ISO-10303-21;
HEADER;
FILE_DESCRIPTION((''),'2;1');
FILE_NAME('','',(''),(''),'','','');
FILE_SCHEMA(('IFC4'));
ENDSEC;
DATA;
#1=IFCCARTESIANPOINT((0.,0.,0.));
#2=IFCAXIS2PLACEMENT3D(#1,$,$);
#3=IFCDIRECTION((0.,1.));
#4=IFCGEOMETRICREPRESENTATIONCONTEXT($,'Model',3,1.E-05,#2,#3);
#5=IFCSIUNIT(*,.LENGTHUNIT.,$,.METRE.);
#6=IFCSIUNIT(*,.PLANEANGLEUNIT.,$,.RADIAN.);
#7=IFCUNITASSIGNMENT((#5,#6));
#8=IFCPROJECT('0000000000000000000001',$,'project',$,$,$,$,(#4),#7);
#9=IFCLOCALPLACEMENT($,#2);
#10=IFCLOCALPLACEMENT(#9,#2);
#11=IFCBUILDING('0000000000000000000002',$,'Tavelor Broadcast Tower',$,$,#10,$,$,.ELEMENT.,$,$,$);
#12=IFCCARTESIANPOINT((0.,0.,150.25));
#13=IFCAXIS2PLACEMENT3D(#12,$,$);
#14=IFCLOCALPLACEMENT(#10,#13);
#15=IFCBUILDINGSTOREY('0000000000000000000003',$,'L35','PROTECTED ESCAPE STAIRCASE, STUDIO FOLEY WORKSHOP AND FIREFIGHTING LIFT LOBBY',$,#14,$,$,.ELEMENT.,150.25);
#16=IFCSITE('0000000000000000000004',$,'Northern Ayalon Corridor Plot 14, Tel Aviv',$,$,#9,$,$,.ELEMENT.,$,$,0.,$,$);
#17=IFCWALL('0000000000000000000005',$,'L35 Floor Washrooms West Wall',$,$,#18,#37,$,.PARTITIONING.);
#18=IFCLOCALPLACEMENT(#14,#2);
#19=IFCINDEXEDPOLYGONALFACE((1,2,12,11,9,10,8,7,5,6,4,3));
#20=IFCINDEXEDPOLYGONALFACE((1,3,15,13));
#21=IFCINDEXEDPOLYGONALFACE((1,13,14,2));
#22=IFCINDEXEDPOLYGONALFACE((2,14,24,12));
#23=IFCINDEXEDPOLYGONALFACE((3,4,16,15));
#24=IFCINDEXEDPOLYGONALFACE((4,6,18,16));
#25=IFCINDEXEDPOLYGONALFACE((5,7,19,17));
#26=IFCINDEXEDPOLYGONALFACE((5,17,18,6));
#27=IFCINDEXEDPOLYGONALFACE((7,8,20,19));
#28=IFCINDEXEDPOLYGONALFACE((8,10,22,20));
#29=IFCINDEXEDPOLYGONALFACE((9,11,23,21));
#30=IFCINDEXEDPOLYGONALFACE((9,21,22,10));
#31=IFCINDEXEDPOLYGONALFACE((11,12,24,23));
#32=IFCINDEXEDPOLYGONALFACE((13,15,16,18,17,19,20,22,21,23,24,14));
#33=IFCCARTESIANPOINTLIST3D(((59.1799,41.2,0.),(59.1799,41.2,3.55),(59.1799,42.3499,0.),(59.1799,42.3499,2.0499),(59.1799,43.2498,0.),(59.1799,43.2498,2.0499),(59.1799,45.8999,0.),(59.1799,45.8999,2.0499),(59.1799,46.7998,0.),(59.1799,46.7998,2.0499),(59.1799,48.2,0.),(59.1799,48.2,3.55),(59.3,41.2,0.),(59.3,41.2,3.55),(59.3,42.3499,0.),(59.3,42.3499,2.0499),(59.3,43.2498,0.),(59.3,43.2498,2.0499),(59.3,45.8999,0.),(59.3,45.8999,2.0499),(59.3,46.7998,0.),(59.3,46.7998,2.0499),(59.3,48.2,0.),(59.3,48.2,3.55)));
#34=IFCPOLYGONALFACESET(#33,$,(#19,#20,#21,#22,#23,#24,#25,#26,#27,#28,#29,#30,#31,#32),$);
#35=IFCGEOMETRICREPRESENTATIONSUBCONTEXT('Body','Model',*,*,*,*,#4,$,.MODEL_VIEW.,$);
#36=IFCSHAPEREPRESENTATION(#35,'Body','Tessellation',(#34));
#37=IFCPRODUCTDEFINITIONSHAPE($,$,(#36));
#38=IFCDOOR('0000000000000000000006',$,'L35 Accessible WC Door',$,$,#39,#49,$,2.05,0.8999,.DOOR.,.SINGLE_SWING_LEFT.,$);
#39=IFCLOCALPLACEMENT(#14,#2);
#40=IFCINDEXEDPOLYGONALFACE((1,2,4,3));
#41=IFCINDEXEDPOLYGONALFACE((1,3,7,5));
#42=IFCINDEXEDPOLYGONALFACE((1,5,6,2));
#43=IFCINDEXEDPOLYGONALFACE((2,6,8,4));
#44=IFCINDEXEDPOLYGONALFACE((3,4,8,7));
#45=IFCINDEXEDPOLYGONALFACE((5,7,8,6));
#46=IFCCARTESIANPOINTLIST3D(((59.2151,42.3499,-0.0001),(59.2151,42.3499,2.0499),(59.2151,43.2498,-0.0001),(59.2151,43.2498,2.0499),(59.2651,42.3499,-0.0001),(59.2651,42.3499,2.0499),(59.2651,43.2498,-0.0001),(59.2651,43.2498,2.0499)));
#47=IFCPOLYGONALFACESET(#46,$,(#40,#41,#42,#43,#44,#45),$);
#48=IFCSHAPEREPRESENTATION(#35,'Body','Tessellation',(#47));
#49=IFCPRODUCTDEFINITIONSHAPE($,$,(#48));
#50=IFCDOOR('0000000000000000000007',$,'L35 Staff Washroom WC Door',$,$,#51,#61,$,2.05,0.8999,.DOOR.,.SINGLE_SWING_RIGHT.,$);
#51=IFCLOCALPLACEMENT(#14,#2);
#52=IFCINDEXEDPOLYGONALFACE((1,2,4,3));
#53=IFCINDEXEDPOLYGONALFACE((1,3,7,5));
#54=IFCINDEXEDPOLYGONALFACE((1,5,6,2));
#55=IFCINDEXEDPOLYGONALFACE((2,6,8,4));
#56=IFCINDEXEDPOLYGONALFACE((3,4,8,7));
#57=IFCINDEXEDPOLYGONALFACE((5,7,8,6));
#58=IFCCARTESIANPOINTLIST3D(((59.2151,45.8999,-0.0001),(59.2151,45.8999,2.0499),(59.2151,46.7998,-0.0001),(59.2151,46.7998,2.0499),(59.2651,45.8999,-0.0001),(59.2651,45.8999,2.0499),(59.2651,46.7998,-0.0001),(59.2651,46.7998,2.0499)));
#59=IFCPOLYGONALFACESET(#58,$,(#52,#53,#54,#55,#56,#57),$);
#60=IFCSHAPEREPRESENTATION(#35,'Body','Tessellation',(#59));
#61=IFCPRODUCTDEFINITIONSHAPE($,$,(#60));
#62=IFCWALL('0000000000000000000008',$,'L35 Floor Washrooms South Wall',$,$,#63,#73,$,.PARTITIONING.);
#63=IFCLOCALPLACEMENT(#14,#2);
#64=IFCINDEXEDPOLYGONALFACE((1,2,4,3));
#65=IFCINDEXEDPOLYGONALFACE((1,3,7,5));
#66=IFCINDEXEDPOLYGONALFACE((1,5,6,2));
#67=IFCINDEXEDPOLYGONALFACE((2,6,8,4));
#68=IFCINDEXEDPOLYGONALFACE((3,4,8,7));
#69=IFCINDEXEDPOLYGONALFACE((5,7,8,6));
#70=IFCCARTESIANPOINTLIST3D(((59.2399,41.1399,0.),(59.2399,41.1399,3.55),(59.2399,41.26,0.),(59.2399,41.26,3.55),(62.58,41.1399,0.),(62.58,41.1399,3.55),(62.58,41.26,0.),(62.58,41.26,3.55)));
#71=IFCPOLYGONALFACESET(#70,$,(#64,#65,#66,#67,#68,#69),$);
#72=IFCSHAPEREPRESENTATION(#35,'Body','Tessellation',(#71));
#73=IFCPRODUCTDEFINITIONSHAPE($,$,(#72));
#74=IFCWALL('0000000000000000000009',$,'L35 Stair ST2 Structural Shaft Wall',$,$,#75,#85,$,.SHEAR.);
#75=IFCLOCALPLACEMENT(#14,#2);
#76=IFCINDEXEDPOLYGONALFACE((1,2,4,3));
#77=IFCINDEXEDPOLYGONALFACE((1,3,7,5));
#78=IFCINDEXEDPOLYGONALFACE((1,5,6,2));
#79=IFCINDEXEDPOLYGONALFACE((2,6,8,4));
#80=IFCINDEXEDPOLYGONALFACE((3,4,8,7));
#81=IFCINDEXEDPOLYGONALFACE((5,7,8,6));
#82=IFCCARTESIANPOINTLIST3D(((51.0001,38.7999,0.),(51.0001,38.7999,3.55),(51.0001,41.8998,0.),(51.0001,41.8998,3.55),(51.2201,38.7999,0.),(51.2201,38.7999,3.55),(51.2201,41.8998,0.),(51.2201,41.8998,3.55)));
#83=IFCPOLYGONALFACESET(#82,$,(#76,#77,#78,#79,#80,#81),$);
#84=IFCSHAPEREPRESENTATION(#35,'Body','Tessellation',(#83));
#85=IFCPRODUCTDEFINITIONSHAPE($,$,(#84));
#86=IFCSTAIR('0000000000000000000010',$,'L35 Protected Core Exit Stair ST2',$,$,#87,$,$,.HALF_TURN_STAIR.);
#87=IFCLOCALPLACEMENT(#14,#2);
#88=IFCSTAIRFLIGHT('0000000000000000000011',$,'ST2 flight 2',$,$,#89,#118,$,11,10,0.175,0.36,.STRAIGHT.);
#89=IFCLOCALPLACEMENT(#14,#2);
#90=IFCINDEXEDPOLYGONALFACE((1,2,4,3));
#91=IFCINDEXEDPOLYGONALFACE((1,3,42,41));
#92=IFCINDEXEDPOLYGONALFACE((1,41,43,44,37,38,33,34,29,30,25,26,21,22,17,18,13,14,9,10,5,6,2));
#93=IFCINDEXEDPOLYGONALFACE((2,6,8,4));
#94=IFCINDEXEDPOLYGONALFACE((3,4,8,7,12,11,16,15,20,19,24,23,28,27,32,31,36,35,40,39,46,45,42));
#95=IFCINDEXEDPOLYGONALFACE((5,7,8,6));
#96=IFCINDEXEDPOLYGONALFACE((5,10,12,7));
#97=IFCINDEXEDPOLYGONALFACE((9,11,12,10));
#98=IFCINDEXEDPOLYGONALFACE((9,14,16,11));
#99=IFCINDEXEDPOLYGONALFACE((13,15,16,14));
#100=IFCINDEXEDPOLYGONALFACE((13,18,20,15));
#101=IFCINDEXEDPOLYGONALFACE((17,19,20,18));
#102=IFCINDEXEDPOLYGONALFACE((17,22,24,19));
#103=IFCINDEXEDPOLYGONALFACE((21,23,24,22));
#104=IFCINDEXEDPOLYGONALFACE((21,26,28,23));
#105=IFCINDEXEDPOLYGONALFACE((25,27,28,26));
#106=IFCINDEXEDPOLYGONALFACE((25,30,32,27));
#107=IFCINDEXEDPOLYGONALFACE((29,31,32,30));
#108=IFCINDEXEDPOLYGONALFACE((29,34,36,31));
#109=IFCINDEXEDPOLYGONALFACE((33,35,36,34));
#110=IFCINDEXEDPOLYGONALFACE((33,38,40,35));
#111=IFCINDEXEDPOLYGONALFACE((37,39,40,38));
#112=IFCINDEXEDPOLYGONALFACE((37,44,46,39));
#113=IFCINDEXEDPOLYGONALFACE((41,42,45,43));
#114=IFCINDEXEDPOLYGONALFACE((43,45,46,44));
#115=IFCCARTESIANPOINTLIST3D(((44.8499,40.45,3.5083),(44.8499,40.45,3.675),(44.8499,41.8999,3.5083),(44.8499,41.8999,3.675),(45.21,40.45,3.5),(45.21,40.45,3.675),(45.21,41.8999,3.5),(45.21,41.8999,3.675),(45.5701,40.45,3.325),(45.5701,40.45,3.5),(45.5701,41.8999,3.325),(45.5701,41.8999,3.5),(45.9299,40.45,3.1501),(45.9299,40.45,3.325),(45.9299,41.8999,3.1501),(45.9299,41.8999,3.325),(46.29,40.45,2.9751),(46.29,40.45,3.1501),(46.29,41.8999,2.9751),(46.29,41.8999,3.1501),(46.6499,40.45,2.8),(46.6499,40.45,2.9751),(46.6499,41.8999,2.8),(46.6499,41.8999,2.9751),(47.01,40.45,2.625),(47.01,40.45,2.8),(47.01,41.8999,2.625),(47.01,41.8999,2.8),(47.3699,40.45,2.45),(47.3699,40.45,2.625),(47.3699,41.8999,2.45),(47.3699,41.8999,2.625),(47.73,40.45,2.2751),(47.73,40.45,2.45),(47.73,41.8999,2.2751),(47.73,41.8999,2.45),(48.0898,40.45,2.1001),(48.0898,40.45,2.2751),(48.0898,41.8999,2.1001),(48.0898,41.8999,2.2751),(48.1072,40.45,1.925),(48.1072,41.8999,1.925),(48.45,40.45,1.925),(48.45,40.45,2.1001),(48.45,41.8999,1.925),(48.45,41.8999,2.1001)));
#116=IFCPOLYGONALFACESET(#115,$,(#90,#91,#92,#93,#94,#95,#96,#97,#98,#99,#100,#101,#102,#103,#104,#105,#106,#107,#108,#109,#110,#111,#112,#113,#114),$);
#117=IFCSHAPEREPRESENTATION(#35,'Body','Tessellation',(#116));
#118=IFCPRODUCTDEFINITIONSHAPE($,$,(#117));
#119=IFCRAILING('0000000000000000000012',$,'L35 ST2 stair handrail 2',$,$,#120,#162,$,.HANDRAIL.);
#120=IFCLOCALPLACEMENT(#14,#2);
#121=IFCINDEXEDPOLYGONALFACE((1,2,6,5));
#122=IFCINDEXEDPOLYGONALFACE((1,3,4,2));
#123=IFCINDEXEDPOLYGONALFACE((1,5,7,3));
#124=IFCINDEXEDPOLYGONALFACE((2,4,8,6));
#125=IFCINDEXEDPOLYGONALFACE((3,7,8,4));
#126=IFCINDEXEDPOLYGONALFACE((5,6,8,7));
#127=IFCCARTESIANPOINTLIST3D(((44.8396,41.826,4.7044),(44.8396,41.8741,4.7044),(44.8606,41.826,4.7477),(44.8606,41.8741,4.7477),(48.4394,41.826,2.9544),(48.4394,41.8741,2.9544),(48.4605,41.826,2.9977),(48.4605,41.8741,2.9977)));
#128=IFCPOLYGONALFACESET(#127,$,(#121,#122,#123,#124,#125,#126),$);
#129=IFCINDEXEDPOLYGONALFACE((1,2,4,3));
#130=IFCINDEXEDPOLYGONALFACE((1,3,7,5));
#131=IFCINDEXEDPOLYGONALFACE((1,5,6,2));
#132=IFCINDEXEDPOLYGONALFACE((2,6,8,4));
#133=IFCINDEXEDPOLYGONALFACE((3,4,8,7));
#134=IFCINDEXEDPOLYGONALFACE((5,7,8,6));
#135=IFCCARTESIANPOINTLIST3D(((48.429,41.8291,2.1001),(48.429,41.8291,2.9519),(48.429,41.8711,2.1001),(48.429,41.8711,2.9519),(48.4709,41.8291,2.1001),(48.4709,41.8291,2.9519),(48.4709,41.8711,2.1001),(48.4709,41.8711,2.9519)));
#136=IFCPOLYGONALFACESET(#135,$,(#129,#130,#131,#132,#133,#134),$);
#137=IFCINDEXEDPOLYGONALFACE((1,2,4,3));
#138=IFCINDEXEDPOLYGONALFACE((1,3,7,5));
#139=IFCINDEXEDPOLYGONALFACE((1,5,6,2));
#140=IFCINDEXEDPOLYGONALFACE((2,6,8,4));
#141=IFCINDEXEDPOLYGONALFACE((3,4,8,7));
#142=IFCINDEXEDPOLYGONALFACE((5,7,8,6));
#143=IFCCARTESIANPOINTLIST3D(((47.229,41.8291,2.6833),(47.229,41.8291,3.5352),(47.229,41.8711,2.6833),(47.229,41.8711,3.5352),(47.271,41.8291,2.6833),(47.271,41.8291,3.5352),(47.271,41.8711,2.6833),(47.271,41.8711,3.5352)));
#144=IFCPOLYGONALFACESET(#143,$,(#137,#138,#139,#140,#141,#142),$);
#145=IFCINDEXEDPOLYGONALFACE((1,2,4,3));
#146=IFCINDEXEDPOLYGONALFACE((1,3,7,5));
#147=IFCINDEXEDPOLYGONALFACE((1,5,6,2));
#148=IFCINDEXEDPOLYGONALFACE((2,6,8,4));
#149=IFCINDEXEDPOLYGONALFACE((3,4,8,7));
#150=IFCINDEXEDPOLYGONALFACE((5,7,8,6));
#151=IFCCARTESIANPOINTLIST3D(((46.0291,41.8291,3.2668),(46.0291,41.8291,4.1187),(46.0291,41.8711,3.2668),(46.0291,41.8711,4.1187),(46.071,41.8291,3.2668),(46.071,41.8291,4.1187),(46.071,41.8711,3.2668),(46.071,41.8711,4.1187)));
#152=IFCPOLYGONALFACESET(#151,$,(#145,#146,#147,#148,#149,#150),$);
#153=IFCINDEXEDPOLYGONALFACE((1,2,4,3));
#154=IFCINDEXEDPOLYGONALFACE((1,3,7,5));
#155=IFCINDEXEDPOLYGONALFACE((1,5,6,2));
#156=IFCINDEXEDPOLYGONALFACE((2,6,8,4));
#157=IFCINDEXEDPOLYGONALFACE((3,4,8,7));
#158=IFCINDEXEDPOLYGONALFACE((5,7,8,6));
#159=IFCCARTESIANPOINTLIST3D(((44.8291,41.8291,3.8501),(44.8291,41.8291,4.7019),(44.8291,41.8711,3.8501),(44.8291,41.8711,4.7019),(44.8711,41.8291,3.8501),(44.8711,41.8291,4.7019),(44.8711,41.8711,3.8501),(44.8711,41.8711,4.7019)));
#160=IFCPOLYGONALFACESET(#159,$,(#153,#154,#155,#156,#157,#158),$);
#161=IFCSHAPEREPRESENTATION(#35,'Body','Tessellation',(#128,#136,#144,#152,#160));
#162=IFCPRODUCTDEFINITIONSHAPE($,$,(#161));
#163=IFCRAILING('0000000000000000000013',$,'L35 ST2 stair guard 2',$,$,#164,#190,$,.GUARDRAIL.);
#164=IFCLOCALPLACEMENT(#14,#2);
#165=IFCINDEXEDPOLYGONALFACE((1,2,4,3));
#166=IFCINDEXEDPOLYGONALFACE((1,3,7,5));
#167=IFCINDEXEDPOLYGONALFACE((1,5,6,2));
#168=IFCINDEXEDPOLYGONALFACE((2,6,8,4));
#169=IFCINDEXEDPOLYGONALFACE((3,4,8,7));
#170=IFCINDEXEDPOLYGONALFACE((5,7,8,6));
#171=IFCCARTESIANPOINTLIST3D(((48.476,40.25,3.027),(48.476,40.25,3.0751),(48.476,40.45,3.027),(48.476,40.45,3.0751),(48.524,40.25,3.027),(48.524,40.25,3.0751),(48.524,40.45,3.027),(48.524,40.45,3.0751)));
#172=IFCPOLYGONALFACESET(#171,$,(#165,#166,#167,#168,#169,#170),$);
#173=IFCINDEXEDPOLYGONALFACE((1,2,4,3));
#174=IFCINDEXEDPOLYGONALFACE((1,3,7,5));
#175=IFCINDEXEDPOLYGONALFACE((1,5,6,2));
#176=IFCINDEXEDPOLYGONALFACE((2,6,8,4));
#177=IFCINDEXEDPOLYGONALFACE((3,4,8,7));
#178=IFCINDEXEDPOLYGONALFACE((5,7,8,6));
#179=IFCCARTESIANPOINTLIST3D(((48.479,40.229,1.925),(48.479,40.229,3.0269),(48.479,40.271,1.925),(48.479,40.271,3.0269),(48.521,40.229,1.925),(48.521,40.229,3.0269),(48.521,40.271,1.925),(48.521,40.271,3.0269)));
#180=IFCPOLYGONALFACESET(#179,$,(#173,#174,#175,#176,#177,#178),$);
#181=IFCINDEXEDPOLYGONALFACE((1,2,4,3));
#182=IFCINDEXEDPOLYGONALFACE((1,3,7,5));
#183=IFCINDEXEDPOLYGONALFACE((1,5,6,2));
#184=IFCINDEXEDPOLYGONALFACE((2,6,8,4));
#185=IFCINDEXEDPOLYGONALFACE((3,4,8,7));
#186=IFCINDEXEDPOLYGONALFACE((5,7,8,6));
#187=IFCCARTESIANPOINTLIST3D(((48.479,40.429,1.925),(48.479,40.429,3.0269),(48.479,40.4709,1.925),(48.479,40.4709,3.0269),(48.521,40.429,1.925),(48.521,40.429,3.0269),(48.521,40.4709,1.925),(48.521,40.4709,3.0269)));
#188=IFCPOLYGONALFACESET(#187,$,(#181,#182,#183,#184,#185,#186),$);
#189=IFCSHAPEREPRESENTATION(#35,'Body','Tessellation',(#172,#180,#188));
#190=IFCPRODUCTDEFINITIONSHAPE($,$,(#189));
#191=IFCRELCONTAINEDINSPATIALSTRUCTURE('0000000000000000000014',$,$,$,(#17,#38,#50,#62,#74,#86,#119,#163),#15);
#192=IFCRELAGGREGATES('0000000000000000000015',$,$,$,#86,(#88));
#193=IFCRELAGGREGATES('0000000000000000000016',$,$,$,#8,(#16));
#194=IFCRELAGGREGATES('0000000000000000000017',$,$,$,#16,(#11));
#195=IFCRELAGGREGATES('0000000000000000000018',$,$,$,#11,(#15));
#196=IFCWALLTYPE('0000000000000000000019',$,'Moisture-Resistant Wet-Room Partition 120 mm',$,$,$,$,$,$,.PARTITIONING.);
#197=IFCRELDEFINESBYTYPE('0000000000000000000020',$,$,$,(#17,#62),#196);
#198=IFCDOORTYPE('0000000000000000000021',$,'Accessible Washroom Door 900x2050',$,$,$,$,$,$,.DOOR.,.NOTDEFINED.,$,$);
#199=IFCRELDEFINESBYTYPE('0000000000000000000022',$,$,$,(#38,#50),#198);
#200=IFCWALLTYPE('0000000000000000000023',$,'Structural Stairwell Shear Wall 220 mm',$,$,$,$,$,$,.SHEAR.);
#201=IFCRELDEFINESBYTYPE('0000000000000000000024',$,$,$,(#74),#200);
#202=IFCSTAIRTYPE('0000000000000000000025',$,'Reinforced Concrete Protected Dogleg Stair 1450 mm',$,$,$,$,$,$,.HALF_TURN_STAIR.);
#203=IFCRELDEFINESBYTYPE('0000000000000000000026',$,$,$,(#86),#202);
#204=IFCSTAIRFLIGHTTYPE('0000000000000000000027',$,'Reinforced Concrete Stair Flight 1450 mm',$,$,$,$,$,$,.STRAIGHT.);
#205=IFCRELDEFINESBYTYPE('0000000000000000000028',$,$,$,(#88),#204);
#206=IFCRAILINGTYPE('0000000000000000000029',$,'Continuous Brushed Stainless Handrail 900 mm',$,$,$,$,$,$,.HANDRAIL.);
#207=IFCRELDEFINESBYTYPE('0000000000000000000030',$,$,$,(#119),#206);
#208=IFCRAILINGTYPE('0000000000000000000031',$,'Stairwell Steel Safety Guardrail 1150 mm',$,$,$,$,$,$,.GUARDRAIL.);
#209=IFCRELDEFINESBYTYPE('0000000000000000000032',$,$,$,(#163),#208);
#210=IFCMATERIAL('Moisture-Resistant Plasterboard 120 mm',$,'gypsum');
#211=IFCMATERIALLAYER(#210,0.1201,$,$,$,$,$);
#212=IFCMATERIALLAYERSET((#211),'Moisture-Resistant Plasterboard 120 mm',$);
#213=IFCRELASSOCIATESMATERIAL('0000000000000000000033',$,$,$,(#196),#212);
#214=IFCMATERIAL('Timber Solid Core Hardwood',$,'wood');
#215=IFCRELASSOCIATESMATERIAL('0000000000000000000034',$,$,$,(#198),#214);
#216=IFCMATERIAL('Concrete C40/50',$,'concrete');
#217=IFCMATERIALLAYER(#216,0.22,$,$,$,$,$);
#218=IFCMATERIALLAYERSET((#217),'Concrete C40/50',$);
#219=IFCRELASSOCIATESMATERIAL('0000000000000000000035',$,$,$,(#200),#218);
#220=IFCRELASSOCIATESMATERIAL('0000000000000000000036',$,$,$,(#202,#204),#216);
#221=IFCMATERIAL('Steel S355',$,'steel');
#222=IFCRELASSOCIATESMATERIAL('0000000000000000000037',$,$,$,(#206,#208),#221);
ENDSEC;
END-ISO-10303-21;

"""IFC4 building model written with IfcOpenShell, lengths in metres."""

from ifc_helpers import new_model, si_unit, direction, frame, frame_2d, origin, origin_2d, place, context, subcontext, project, spatial, polyline, rectangle, outline, extrude, material, layer, layer_set, type_object, element, fill, aggregate, save


model = new_model("IFC4")

# Units and contexts
model_context = context("Model", 3, precision=1e-05, world=origin(), true_north=direction((0.0, 1.0)))
body_context = subcontext(model_context, "Body", "Model", "MODEL_VIEW")
ifc_project = project(units=[si_unit("LENGTHUNIT", "METRE"), si_unit("PLANEANGLEUNIT", "RADIAN")], contexts=[model_context])

# Site, building, storey
site_placement = place(None, origin())
site = spatial("IfcSite", under=ifc_project, at=site_placement, Name="Northern Ayalon Corridor Plot 14, Tel Aviv", CompositionType="ELEMENT", RefElevation=0.0)
building_placement = place(site_placement, origin())
building = spatial("IfcBuilding", under=site, at=building_placement, Name="Tavelor Broadcast Tower", CompositionType="ELEMENT")
storey_placement = place(building_placement, frame((0.0, 0.0, 150.25)))
storey = spatial("IfcBuildingStorey", under=building, at=storey_placement, Name="L35", Description="PROTECTED ESCAPE STAIRCASE, STUDIO FOLEY WORKSHOP AND FIREFIGHTING LIFT LOBBY", CompositionType="ELEMENT", Elevation=150.25)

# Shared definitions
ifc_material_1 = material(Name="Concrete C40/50", Category="concrete")
ifc_material_2 = material(Name="Steel S355", Category="steel")

# Shared definitions
ifc_material_3 = material(Name="Timber Solid Core Hardwood", Category="wood")

# Wall, openings, doors
ifc_material_4 = material(Name="Moisture-Resistant Plasterboard 120 mm", Category="gypsum")
ifc_layer_1 = layer(ifc_material_4, 0.1201)
ifc_layer_set_1 = layer_set([ifc_layer_1], Name="Moisture-Resistant Plasterboard 120 mm")
wall_type_1 = type_object("IfcWallType", Name="Moisture-Resistant Wet-Room Partition 120 mm", PredefinedType="PARTITIONING", material=ifc_layer_set_1)
wall_1_placement = place(storey_placement, frame((59.24, 41.2, 0.0), z_axis=(0.0, 0.0, 1.0), x_axis=(0.0, 1.0, 0.0)))
wall_1 = element("IfcWall", 1, at=wall_1_placement, inside=storey, type_object=wall_type_1, Name="L35 Floor Washrooms West Wall", PredefinedType="PARTITIONING", context=body_context, shape_type="SweptSolid", body=[
    extrude(rectangle(XDim=7.0, YDim=0.1201, at=frame_2d((3.5, 0.0))), origin(), (0.0, 0.0, 1.0), 3.55),
])
opening_1_placement = place(wall_1_placement, frame((1.1499, 0.0, 0.0)))
opening_1 = element("IfcOpeningElement", 2, at=opening_1_placement, cuts=wall_1, PredefinedType="OPENING", context=body_context, shape_type="SweptSolid", body=[
    extrude(rectangle(XDim=0.8999, YDim=2.05, at=frame_2d((0.45, 1.0249))), frame((0.0, 0.0701, 0.0), z_axis=(0.0, -1.0, 0.0), x_axis=(1.0, 0.0, 0.0)), (0.0, 0.0, 1.0), 0.1401),
])
opening_2_placement = place(wall_1_placement, frame((4.7, 0.0, 0.0)))
opening_2 = element("IfcOpeningElement", 3, at=opening_2_placement, cuts=wall_1, PredefinedType="OPENING", context=body_context, shape_type="SweptSolid", body=[
    extrude(rectangle(XDim=0.8999, YDim=2.05, at=frame_2d((0.45, 1.0249))), frame((0.0, 0.0701, 0.0), z_axis=(0.0, -1.0, 0.0), x_axis=(1.0, 0.0, 0.0)), (0.0, 0.0, 1.0), 0.1401),
])
door_type_1 = type_object("IfcDoorType", Name="Accessible Washroom Door 900x2050", OperationType="NOTDEFINED", PredefinedType="DOOR", material=ifc_material_3)
door_1_placement = place(opening_1_placement, origin())
door_1 = element("IfcDoor", 4, at=door_1_placement, inside=storey, type_object=door_type_1, Name="L35 Accessible WC Door", OperationType="SINGLE_SWING_LEFT", OverallHeight=2.05, OverallWidth=0.8999, PredefinedType="DOOR", context=body_context, shape_type="SweptSolid", body=[
    extrude(rectangle(XDim=0.8999, YDim=2.05, at=frame_2d((0.45, 1.0249))), frame((0.0, 0.0249, 0.0), z_axis=(0.0, -1.0, 0.0), x_axis=(1.0, 0.0, 0.0)), (0.0, 0.0, 1.0), 0.05),
])
fill(opening_1, door_1)
door_2_placement = place(opening_2_placement, origin())
door_2 = element("IfcDoor", 5, at=door_2_placement, inside=storey, type_object=door_type_1, Name="L35 Staff Washroom WC Door", OperationType="SINGLE_SWING_RIGHT", OverallHeight=2.05, OverallWidth=0.8999, PredefinedType="DOOR", context=body_context, shape_type="SweptSolid", body=[
    extrude(rectangle(XDim=0.8999, YDim=2.05, at=frame_2d((0.45, 1.0249))), frame((0.0, 0.0249, 0.0), z_axis=(0.0, -1.0, 0.0), x_axis=(1.0, 0.0, 0.0)), (0.0, 0.0, 1.0), 0.05),
])
fill(opening_2, door_2)

# Walls
wall_2_placement = place(storey_placement, frame((59.24, 41.2, 0.0), z_axis=(0.0, 0.0, 1.0), x_axis=(1.0, 0.0, 0.0)))
element("IfcWall", 6, at=wall_2_placement, inside=storey, type_object=wall_type_1, Name="L35 Floor Washrooms South Wall", PredefinedType="PARTITIONING", context=body_context, shape_type="SweptSolid", body=[
    extrude(rectangle(XDim=3.3401, YDim=0.1201, at=frame_2d((1.6699, 0.0))), origin(), (0.0, 0.0, 1.0), 3.55),
])
ifc_layer_2 = layer(ifc_material_1, 0.22)
ifc_layer_set_2 = layer_set([ifc_layer_2], Name="Concrete C40/50")
wall_type_2 = type_object("IfcWallType", Name="Structural Stairwell Shear Wall 220 mm", PredefinedType="SHEAR", material=ifc_layer_set_2)
wall_3_placement = place(storey_placement, frame((51.1101, 38.8, 0.0), z_axis=(0.0, 0.0, 1.0), x_axis=(0.0, 1.0, 0.0)))
element("IfcWall", 7, at=wall_3_placement, inside=storey, type_object=wall_type_2, Name="L35 Stair ST2 Structural Shaft Wall", PredefinedType="SHEAR", context=body_context, shape_type="SweptSolid", body=[
    extrude(rectangle(XDim=3.0999, YDim=0.22, at=frame_2d((1.5498, 0.0))), origin(), (0.0, 0.0, 1.0), 3.55),
])

# Stair, stair flight
stair_type = type_object("IfcStairType", Name="Reinforced Concrete Protected Dogleg Stair 1450 mm", PredefinedType="HALF_TURN_STAIR", material=ifc_material_1)
stair_placement = place(storey_placement, origin())
stair = element("IfcStair", 8, at=stair_placement, inside=storey, type_object=stair_type, Name="L35 Protected Core Exit Stair ST2", PredefinedType="HALF_TURN_STAIR")
stair_flight_type = type_object("IfcStairFlightType", Name="Reinforced Concrete Stair Flight 1450 mm", PredefinedType="STRAIGHT", material=ifc_material_1)
stair_flight_placement = place(storey_placement, frame((48.45, 41.175, 1.925), z_axis=(0.0, 0.0, 1.0), x_axis=(-1.0, 0.0, 0.0)))
stair_flight = element("IfcStairFlight", 9, at=stair_flight_placement, type_object=stair_flight_type, Name="ST2 flight 2", NumberOfRisers=11, NumberOfTreads=10, PredefinedType="STRAIGHT", RiserHeight=0.175, TreadLength=0.36, context=body_context, shape_type="SweptSolid", body=[
    extrude(outline(polyline([(0.0, 0.0), (0.0, 0.175), (0.3601, 0.175), (0.3601, 0.3501), (0.72, 0.3501), (0.72, 0.5249), (1.0801, 0.5249), (1.0801, 0.7), (1.4399, 0.7), (1.4399, 0.875), (1.8, 0.875), (1.8, 1.05), (2.1599, 1.05), (2.1599, 1.2251), (2.52, 1.2251), (2.52, 1.3999), (2.8799, 1.3999), (2.8799, 1.575), (3.24, 1.575), (3.24, 1.75), (3.6001, 1.75), (3.6001, 1.925), (3.6001, 1.5833), (0.3428, 0.0), (0.0, 0.0)])), frame((0.0, 0.7251, 0.0), z_axis=(0.0, -1.0, 0.0), x_axis=(1.0, 0.0, 0.0)), (0.0, 0.0, 1.0), 1.45),
])
aggregate(stair, [stair_flight])

# Railings
railing_type_1 = type_object("IfcRailingType", Name="Continuous Brushed Stainless Handrail 900 mm", PredefinedType="HANDRAIL", material=ifc_material_2)
railing_1_placement = place(storey_placement, frame((48.45, 41.8501, 2.1001)))
element("IfcRailing", 10, at=railing_1_placement, inside=storey, type_object=railing_type_1, Name="L35 ST2 stair handrail 2", PredefinedType="HANDRAIL", context=body_context, shape_type="SweptSolid", body=[
    extrude(rectangle(XDim=0.0481, YDim=0.0481, at=origin_2d()), frame((0.0, 0.0, 0.876), z_axis=(-0.899361, 0.0, 0.437207), x_axis=(0.0, -1.0, 0.0)), (0.0, 0.0, 1.0), 4.0027),
    extrude(rectangle(XDim=0.042, YDim=0.042, at=origin_2d()), origin(), (0.0, 0.0, 1.0), 0.8518),
    extrude(rectangle(XDim=0.042, YDim=0.042, at=origin_2d()), frame((-1.2, 0.0, 0.5833)), (0.0, 0.0, 1.0), 0.8518),
    extrude(rectangle(XDim=0.042, YDim=0.042, at=origin_2d()), frame((-2.3999, 0.0, 1.1667)), (0.0, 0.0, 1.0), 0.8518),
    extrude(rectangle(XDim=0.042, YDim=0.042, at=origin_2d()), frame((-3.5999, 0.0, 1.75)), (0.0, 0.0, 1.0), 0.8518),
])
railing_type_2 = type_object("IfcRailingType", Name="Stairwell Steel Safety Guardrail 1150 mm", PredefinedType="GUARDRAIL", material=ifc_material_2)
railing_2_placement = place(storey_placement, frame((48.5, 40.25, 1.925)))
element("IfcRailing", 11, at=railing_2_placement, inside=storey, type_object=railing_type_2, Name="L35 ST2 stair guard 2", PredefinedType="GUARDRAIL", context=body_context, shape_type="SweptSolid", body=[
    extrude(rectangle(XDim=0.0481, YDim=0.0481, at=origin_2d()), frame((0.0, 0.0, 1.126), z_axis=(0.0, 1.0, 0.0), x_axis=(-1.0, 0.0, 0.0)), (0.0, 0.0, 1.0), 0.2),
    extrude(rectangle(XDim=0.042, YDim=0.042, at=origin_2d()), origin(), (0.0, 0.0, 1.0), 1.1018),
    extrude(rectangle(XDim=0.042, YDim=0.042, at=origin_2d()), frame((0.0, 0.2, 0.0)), (0.0, 0.0, 1.0), 1.1018),
])

save(model, "model.ifc")
